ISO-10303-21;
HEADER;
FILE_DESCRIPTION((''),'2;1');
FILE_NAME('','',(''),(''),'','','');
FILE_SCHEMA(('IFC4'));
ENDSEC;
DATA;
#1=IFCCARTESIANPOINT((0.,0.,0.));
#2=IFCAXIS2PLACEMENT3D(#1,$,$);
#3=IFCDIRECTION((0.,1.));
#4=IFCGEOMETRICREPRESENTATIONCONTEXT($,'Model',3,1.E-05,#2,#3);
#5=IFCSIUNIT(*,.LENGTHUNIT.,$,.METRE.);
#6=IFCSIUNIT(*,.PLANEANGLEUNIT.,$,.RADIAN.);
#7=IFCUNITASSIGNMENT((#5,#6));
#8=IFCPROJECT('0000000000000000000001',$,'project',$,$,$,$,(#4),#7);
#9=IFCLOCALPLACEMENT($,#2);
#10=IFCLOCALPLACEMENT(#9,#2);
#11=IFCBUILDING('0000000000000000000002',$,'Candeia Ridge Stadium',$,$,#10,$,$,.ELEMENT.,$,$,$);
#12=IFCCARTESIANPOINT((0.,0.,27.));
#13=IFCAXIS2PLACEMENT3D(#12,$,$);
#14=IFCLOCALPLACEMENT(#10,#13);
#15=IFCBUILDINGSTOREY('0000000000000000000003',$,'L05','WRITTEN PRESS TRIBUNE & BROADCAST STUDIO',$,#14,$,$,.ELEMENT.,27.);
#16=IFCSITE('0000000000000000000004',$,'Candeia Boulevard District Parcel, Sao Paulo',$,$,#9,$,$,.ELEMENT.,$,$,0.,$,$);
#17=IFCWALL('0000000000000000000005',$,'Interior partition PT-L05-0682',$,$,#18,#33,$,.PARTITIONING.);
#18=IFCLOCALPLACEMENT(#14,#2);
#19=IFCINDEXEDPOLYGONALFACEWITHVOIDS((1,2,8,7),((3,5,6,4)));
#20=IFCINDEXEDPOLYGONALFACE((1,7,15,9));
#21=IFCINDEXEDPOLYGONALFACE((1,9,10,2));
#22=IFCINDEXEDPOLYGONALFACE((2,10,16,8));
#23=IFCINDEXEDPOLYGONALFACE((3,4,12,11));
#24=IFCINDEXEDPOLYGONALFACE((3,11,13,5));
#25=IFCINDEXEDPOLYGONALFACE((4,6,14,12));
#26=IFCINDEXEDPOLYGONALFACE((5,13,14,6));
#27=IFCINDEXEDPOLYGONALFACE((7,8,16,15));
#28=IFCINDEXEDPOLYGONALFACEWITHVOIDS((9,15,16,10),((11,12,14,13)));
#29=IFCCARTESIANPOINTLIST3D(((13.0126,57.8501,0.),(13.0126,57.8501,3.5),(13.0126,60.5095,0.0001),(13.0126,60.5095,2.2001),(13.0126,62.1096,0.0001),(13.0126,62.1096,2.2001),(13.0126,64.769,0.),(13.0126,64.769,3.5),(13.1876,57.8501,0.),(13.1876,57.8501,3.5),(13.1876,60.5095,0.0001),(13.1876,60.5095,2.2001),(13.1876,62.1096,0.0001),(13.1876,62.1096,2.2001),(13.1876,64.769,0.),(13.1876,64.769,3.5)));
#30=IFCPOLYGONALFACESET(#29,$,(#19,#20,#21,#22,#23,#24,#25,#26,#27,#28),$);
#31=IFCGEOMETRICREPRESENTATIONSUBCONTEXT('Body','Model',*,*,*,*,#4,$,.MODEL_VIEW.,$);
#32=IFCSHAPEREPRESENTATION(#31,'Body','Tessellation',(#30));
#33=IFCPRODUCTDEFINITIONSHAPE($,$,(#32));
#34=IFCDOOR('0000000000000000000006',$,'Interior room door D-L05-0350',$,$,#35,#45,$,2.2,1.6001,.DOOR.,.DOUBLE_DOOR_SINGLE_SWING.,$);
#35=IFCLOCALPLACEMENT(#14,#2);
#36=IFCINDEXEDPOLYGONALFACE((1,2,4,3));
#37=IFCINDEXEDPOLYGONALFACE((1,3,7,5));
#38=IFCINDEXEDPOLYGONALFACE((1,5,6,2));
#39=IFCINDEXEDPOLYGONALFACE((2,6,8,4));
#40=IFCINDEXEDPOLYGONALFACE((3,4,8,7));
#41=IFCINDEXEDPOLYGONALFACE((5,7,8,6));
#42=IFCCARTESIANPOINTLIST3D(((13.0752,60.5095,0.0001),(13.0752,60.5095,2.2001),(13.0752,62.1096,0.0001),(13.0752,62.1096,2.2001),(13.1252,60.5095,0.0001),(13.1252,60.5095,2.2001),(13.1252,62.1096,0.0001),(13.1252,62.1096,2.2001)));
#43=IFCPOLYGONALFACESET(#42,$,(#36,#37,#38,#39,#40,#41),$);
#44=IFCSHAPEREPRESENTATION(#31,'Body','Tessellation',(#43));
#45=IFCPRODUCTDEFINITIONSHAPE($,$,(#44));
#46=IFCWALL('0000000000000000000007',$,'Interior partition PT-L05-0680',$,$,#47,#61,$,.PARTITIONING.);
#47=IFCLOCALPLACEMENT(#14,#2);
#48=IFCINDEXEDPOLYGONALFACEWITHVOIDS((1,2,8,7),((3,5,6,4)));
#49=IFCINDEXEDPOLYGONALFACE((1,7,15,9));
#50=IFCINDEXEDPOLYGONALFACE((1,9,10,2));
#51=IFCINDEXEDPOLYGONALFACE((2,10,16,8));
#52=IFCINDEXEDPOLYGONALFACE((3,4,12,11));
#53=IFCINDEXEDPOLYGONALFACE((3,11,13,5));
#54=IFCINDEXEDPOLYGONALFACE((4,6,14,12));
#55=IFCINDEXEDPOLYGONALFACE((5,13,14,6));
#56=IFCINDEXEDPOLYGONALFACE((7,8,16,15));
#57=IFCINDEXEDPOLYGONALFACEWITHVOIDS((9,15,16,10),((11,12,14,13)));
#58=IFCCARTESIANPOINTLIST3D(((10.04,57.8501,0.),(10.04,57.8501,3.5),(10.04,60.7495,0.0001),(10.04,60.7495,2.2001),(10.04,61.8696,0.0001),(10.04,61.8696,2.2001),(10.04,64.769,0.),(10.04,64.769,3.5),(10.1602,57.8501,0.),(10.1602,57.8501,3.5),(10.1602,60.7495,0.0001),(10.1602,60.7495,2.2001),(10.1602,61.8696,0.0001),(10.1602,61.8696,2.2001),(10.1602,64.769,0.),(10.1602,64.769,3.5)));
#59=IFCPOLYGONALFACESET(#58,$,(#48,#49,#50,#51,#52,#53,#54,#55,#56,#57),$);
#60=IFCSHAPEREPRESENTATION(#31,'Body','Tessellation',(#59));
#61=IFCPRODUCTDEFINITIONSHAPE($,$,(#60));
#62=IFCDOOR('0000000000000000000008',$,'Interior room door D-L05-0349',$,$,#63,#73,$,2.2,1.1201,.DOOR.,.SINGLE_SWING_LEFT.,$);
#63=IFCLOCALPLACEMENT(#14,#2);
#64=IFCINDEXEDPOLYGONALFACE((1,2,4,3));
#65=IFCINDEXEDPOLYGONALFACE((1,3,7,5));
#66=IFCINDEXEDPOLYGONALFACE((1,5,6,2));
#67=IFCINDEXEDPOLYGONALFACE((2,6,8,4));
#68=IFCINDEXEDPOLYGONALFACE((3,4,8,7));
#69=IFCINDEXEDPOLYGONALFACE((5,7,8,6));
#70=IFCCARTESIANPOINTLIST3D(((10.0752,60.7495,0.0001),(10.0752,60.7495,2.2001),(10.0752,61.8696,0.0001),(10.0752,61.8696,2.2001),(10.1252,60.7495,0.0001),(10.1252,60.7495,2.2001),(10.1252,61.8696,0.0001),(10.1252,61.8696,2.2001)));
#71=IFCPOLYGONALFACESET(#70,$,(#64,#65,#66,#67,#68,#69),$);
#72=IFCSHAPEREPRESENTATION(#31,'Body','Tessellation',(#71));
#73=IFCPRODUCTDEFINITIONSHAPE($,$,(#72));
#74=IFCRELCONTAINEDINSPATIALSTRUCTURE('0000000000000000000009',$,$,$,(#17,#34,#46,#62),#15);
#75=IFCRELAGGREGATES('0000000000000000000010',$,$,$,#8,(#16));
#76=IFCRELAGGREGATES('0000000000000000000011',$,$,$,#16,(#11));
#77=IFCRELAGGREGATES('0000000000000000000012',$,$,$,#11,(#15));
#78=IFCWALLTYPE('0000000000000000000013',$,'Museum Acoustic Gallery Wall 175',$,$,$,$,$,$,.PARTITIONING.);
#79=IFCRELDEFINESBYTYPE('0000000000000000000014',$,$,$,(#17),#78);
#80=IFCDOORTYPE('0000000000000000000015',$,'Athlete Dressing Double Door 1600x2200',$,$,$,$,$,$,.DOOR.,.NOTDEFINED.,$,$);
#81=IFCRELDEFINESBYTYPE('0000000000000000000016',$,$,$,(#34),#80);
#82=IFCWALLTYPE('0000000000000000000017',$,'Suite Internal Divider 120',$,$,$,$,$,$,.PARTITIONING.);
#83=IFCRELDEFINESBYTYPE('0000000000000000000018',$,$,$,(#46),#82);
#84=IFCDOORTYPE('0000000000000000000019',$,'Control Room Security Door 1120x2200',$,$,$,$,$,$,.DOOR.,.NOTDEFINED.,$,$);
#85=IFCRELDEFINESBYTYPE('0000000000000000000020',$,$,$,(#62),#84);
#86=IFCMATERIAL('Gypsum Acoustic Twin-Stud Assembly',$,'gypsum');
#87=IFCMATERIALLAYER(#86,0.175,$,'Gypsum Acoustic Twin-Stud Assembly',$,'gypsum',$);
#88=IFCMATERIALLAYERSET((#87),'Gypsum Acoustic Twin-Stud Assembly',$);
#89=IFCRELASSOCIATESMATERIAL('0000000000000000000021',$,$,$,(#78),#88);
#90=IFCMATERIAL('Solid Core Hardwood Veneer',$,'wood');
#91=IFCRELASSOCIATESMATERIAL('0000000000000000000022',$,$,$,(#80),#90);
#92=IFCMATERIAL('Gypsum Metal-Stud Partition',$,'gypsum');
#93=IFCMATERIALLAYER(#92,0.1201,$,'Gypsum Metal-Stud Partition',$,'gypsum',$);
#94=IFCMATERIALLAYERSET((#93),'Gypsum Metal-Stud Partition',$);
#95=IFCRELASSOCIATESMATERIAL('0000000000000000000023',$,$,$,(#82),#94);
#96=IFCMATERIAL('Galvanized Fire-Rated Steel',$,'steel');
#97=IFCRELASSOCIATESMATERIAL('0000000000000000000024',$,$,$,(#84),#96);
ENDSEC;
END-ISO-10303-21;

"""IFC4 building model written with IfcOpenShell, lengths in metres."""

from ifc_helpers import new_model, si_unit, direction, frame, frame_2d, origin, place, context, subcontext, project, spatial, rectangle, extrude, material, layer, layer_set, type_object, element, fill, save


model = new_model("IFC4")

# Units and contexts
model_context = context("Model", 3, precision=1e-05, world=origin(), true_north=direction((0.0, 1.0)))
body_context = subcontext(model_context, "Body", "Model", "MODEL_VIEW")
ifc_project = project(units=[si_unit("LENGTHUNIT", "METRE"), si_unit("PLANEANGLEUNIT", "RADIAN")], contexts=[model_context])

# Site, building, storey
site_placement = place(None, origin())
site = spatial("IfcSite", under=ifc_project, at=site_placement, Name="Candeia Boulevard District Parcel, Sao Paulo", CompositionType="ELEMENT", RefElevation=0.0)
building_placement = place(site_placement, origin())
building = spatial("IfcBuilding", under=site, at=building_placement, Name="Candeia Ridge Stadium", CompositionType="ELEMENT")
storey_placement = place(building_placement, frame((0.0, 0.0, 27.0)))
storey = spatial("IfcBuildingStorey", under=building, at=storey_placement, Name="L05", Description="WRITTEN PRESS TRIBUNE & BROADCAST STUDIO", CompositionType="ELEMENT", Elevation=27.0)

# Shared definitions
ifc_material_1 = material(Name="Gypsum Metal-Stud Partition", Category="gypsum")
ifc_material_2 = material(Name="Gypsum Acoustic Twin-Stud Assembly", Category="gypsum")

# Walls, openings, doors
ifc_layer_1 = layer(ifc_material_2, 0.175, Name="Gypsum Acoustic Twin-Stud Assembly", Category="gypsum")
ifc_layer_set_1 = layer_set([ifc_layer_1], Name="Gypsum Acoustic Twin-Stud Assembly")
wall_type_1 = type_object("IfcWallType", Name="Museum Acoustic Gallery Wall 175", PredefinedType="PARTITIONING", material=ifc_layer_set_1)
wall_1_placement = place(storey_placement, frame((13.1001, 57.8501, 0.0), z_axis=(0.0, 0.0, 1.0), x_axis=(0.0, 1.0, 0.0)))
wall_1 = element("IfcWall", 1, at=wall_1_placement, inside=storey, type_object=wall_type_1, Name="Interior partition PT-L05-0682", PredefinedType="PARTITIONING", context=body_context, shape_type="SweptSolid", body=[
    extrude(rectangle(XDim=6.9189, YDim=0.175, at=frame_2d((3.4595, 0.0))), origin(), (0.0, 0.0, 1.0), 3.5),
])
opening_1_placement = place(wall_1_placement, frame((2.6594, 0.0, 0.0)))
opening_1 = element("IfcOpeningElement", 2, at=opening_1_placement, cuts=wall_1, PredefinedType="OPENING", context=body_context, shape_type="SweptSolid", body=[
    extrude(rectangle(XDim=1.6001, YDim=2.2, at=frame_2d((0.8, 1.1001))), frame((0.0, 0.0974, 0.0), z_axis=(0.0, -1.0, 0.0), x_axis=(1.0, 0.0, 0.0)), (0.0, 0.0, 1.0), 0.1951),
])
ifc_material_3 = material(Name="Solid Core Hardwood Veneer", Category="wood")
door_type_1 = type_object("IfcDoorType", Name="Athlete Dressing Double Door 1600x2200", OperationType="NOTDEFINED", PredefinedType="DOOR", material=ifc_material_3)
door_1_placement = place(opening_1_placement, origin())
door_1 = element("IfcDoor", 3, at=door_1_placement, inside=storey, type_object=door_type_1, Name="Interior room door D-L05-0350", OperationType="DOUBLE_DOOR_SINGLE_SWING", OverallHeight=2.2, OverallWidth=1.6001, PredefinedType="DOOR", context=body_context, shape_type="SweptSolid", body=[
    extrude(rectangle(XDim=1.6001, YDim=2.2, at=frame_2d((0.8, 1.1001))), frame((0.0, 0.0249, 0.0), z_axis=(0.0, -1.0, 0.0), x_axis=(1.0, 0.0, 0.0)), (0.0, 0.0, 1.0), 0.05),
])
fill(opening_1, door_1)
ifc_layer_2 = layer(ifc_material_1, 0.1201, Name="Gypsum Metal-Stud Partition", Category="gypsum")
ifc_layer_set_2 = layer_set([ifc_layer_2], Name="Gypsum Metal-Stud Partition")
wall_type_2 = type_object("IfcWallType", Name="Suite Internal Divider 120", PredefinedType="PARTITIONING", material=ifc_layer_set_2)
wall_2_placement = place(storey_placement, frame((10.1001, 64.769, 0.0), z_axis=(0.0, 0.0, 1.0), x_axis=(0.0, -1.0, 0.0)))
wall_2 = element("IfcWall", 4, at=wall_2_placement, inside=storey, type_object=wall_type_2, Name="Interior partition PT-L05-0680", PredefinedType="PARTITIONING", context=body_context, shape_type="SweptSolid", body=[
    extrude(rectangle(XDim=6.9189, YDim=0.1201, at=frame_2d((3.4595, 0.0))), origin(), (0.0, 0.0, 1.0), 3.5),
])
opening_2_placement = place(wall_2_placement, frame((2.8994, 0.0, 0.0)))
opening_2 = element("IfcOpeningElement", 5, at=opening_2_placement, cuts=wall_2, PredefinedType="OPENING", context=body_context, shape_type="SweptSolid", body=[
    extrude(rectangle(XDim=1.1201, YDim=2.2, at=frame_2d((0.5601, 1.1001))), frame((0.0, 0.0701, 0.0), z_axis=(0.0, -1.0, 0.0), x_axis=(1.0, 0.0, 0.0)), (0.0, 0.0, 1.0), 0.1401),
])
ifc_material_4 = material(Name="Galvanized Fire-Rated Steel", Category="steel")
door_type_2 = type_object("IfcDoorType", Name="Control Room Security Door 1120x2200", OperationType="NOTDEFINED", PredefinedType="DOOR", material=ifc_material_4)
door_2_placement = place(opening_2_placement, frame((1.1201, 0.0, 0.0), z_axis=(0.0, 0.0, 1.0), x_axis=(-1.0, 0.0, 0.0)))
door_2 = element("IfcDoor", 6, at=door_2_placement, inside=storey, type_object=door_type_2, Name="Interior room door D-L05-0349", OperationType="SINGLE_SWING_LEFT", OverallHeight=2.2, OverallWidth=1.1201, PredefinedType="DOOR", context=body_context, shape_type="SweptSolid", body=[
    extrude(rectangle(XDim=1.1201, YDim=2.2, at=frame_2d((0.5601, 1.1001))), frame((0.0, 0.0249, 0.0), z_axis=(0.0, -1.0, 0.0), x_axis=(1.0, 0.0, 0.0)), (0.0, 0.0, 1.0), 0.05),
])
fill(opening_2, door_2)

save(model, "model.ifc")
